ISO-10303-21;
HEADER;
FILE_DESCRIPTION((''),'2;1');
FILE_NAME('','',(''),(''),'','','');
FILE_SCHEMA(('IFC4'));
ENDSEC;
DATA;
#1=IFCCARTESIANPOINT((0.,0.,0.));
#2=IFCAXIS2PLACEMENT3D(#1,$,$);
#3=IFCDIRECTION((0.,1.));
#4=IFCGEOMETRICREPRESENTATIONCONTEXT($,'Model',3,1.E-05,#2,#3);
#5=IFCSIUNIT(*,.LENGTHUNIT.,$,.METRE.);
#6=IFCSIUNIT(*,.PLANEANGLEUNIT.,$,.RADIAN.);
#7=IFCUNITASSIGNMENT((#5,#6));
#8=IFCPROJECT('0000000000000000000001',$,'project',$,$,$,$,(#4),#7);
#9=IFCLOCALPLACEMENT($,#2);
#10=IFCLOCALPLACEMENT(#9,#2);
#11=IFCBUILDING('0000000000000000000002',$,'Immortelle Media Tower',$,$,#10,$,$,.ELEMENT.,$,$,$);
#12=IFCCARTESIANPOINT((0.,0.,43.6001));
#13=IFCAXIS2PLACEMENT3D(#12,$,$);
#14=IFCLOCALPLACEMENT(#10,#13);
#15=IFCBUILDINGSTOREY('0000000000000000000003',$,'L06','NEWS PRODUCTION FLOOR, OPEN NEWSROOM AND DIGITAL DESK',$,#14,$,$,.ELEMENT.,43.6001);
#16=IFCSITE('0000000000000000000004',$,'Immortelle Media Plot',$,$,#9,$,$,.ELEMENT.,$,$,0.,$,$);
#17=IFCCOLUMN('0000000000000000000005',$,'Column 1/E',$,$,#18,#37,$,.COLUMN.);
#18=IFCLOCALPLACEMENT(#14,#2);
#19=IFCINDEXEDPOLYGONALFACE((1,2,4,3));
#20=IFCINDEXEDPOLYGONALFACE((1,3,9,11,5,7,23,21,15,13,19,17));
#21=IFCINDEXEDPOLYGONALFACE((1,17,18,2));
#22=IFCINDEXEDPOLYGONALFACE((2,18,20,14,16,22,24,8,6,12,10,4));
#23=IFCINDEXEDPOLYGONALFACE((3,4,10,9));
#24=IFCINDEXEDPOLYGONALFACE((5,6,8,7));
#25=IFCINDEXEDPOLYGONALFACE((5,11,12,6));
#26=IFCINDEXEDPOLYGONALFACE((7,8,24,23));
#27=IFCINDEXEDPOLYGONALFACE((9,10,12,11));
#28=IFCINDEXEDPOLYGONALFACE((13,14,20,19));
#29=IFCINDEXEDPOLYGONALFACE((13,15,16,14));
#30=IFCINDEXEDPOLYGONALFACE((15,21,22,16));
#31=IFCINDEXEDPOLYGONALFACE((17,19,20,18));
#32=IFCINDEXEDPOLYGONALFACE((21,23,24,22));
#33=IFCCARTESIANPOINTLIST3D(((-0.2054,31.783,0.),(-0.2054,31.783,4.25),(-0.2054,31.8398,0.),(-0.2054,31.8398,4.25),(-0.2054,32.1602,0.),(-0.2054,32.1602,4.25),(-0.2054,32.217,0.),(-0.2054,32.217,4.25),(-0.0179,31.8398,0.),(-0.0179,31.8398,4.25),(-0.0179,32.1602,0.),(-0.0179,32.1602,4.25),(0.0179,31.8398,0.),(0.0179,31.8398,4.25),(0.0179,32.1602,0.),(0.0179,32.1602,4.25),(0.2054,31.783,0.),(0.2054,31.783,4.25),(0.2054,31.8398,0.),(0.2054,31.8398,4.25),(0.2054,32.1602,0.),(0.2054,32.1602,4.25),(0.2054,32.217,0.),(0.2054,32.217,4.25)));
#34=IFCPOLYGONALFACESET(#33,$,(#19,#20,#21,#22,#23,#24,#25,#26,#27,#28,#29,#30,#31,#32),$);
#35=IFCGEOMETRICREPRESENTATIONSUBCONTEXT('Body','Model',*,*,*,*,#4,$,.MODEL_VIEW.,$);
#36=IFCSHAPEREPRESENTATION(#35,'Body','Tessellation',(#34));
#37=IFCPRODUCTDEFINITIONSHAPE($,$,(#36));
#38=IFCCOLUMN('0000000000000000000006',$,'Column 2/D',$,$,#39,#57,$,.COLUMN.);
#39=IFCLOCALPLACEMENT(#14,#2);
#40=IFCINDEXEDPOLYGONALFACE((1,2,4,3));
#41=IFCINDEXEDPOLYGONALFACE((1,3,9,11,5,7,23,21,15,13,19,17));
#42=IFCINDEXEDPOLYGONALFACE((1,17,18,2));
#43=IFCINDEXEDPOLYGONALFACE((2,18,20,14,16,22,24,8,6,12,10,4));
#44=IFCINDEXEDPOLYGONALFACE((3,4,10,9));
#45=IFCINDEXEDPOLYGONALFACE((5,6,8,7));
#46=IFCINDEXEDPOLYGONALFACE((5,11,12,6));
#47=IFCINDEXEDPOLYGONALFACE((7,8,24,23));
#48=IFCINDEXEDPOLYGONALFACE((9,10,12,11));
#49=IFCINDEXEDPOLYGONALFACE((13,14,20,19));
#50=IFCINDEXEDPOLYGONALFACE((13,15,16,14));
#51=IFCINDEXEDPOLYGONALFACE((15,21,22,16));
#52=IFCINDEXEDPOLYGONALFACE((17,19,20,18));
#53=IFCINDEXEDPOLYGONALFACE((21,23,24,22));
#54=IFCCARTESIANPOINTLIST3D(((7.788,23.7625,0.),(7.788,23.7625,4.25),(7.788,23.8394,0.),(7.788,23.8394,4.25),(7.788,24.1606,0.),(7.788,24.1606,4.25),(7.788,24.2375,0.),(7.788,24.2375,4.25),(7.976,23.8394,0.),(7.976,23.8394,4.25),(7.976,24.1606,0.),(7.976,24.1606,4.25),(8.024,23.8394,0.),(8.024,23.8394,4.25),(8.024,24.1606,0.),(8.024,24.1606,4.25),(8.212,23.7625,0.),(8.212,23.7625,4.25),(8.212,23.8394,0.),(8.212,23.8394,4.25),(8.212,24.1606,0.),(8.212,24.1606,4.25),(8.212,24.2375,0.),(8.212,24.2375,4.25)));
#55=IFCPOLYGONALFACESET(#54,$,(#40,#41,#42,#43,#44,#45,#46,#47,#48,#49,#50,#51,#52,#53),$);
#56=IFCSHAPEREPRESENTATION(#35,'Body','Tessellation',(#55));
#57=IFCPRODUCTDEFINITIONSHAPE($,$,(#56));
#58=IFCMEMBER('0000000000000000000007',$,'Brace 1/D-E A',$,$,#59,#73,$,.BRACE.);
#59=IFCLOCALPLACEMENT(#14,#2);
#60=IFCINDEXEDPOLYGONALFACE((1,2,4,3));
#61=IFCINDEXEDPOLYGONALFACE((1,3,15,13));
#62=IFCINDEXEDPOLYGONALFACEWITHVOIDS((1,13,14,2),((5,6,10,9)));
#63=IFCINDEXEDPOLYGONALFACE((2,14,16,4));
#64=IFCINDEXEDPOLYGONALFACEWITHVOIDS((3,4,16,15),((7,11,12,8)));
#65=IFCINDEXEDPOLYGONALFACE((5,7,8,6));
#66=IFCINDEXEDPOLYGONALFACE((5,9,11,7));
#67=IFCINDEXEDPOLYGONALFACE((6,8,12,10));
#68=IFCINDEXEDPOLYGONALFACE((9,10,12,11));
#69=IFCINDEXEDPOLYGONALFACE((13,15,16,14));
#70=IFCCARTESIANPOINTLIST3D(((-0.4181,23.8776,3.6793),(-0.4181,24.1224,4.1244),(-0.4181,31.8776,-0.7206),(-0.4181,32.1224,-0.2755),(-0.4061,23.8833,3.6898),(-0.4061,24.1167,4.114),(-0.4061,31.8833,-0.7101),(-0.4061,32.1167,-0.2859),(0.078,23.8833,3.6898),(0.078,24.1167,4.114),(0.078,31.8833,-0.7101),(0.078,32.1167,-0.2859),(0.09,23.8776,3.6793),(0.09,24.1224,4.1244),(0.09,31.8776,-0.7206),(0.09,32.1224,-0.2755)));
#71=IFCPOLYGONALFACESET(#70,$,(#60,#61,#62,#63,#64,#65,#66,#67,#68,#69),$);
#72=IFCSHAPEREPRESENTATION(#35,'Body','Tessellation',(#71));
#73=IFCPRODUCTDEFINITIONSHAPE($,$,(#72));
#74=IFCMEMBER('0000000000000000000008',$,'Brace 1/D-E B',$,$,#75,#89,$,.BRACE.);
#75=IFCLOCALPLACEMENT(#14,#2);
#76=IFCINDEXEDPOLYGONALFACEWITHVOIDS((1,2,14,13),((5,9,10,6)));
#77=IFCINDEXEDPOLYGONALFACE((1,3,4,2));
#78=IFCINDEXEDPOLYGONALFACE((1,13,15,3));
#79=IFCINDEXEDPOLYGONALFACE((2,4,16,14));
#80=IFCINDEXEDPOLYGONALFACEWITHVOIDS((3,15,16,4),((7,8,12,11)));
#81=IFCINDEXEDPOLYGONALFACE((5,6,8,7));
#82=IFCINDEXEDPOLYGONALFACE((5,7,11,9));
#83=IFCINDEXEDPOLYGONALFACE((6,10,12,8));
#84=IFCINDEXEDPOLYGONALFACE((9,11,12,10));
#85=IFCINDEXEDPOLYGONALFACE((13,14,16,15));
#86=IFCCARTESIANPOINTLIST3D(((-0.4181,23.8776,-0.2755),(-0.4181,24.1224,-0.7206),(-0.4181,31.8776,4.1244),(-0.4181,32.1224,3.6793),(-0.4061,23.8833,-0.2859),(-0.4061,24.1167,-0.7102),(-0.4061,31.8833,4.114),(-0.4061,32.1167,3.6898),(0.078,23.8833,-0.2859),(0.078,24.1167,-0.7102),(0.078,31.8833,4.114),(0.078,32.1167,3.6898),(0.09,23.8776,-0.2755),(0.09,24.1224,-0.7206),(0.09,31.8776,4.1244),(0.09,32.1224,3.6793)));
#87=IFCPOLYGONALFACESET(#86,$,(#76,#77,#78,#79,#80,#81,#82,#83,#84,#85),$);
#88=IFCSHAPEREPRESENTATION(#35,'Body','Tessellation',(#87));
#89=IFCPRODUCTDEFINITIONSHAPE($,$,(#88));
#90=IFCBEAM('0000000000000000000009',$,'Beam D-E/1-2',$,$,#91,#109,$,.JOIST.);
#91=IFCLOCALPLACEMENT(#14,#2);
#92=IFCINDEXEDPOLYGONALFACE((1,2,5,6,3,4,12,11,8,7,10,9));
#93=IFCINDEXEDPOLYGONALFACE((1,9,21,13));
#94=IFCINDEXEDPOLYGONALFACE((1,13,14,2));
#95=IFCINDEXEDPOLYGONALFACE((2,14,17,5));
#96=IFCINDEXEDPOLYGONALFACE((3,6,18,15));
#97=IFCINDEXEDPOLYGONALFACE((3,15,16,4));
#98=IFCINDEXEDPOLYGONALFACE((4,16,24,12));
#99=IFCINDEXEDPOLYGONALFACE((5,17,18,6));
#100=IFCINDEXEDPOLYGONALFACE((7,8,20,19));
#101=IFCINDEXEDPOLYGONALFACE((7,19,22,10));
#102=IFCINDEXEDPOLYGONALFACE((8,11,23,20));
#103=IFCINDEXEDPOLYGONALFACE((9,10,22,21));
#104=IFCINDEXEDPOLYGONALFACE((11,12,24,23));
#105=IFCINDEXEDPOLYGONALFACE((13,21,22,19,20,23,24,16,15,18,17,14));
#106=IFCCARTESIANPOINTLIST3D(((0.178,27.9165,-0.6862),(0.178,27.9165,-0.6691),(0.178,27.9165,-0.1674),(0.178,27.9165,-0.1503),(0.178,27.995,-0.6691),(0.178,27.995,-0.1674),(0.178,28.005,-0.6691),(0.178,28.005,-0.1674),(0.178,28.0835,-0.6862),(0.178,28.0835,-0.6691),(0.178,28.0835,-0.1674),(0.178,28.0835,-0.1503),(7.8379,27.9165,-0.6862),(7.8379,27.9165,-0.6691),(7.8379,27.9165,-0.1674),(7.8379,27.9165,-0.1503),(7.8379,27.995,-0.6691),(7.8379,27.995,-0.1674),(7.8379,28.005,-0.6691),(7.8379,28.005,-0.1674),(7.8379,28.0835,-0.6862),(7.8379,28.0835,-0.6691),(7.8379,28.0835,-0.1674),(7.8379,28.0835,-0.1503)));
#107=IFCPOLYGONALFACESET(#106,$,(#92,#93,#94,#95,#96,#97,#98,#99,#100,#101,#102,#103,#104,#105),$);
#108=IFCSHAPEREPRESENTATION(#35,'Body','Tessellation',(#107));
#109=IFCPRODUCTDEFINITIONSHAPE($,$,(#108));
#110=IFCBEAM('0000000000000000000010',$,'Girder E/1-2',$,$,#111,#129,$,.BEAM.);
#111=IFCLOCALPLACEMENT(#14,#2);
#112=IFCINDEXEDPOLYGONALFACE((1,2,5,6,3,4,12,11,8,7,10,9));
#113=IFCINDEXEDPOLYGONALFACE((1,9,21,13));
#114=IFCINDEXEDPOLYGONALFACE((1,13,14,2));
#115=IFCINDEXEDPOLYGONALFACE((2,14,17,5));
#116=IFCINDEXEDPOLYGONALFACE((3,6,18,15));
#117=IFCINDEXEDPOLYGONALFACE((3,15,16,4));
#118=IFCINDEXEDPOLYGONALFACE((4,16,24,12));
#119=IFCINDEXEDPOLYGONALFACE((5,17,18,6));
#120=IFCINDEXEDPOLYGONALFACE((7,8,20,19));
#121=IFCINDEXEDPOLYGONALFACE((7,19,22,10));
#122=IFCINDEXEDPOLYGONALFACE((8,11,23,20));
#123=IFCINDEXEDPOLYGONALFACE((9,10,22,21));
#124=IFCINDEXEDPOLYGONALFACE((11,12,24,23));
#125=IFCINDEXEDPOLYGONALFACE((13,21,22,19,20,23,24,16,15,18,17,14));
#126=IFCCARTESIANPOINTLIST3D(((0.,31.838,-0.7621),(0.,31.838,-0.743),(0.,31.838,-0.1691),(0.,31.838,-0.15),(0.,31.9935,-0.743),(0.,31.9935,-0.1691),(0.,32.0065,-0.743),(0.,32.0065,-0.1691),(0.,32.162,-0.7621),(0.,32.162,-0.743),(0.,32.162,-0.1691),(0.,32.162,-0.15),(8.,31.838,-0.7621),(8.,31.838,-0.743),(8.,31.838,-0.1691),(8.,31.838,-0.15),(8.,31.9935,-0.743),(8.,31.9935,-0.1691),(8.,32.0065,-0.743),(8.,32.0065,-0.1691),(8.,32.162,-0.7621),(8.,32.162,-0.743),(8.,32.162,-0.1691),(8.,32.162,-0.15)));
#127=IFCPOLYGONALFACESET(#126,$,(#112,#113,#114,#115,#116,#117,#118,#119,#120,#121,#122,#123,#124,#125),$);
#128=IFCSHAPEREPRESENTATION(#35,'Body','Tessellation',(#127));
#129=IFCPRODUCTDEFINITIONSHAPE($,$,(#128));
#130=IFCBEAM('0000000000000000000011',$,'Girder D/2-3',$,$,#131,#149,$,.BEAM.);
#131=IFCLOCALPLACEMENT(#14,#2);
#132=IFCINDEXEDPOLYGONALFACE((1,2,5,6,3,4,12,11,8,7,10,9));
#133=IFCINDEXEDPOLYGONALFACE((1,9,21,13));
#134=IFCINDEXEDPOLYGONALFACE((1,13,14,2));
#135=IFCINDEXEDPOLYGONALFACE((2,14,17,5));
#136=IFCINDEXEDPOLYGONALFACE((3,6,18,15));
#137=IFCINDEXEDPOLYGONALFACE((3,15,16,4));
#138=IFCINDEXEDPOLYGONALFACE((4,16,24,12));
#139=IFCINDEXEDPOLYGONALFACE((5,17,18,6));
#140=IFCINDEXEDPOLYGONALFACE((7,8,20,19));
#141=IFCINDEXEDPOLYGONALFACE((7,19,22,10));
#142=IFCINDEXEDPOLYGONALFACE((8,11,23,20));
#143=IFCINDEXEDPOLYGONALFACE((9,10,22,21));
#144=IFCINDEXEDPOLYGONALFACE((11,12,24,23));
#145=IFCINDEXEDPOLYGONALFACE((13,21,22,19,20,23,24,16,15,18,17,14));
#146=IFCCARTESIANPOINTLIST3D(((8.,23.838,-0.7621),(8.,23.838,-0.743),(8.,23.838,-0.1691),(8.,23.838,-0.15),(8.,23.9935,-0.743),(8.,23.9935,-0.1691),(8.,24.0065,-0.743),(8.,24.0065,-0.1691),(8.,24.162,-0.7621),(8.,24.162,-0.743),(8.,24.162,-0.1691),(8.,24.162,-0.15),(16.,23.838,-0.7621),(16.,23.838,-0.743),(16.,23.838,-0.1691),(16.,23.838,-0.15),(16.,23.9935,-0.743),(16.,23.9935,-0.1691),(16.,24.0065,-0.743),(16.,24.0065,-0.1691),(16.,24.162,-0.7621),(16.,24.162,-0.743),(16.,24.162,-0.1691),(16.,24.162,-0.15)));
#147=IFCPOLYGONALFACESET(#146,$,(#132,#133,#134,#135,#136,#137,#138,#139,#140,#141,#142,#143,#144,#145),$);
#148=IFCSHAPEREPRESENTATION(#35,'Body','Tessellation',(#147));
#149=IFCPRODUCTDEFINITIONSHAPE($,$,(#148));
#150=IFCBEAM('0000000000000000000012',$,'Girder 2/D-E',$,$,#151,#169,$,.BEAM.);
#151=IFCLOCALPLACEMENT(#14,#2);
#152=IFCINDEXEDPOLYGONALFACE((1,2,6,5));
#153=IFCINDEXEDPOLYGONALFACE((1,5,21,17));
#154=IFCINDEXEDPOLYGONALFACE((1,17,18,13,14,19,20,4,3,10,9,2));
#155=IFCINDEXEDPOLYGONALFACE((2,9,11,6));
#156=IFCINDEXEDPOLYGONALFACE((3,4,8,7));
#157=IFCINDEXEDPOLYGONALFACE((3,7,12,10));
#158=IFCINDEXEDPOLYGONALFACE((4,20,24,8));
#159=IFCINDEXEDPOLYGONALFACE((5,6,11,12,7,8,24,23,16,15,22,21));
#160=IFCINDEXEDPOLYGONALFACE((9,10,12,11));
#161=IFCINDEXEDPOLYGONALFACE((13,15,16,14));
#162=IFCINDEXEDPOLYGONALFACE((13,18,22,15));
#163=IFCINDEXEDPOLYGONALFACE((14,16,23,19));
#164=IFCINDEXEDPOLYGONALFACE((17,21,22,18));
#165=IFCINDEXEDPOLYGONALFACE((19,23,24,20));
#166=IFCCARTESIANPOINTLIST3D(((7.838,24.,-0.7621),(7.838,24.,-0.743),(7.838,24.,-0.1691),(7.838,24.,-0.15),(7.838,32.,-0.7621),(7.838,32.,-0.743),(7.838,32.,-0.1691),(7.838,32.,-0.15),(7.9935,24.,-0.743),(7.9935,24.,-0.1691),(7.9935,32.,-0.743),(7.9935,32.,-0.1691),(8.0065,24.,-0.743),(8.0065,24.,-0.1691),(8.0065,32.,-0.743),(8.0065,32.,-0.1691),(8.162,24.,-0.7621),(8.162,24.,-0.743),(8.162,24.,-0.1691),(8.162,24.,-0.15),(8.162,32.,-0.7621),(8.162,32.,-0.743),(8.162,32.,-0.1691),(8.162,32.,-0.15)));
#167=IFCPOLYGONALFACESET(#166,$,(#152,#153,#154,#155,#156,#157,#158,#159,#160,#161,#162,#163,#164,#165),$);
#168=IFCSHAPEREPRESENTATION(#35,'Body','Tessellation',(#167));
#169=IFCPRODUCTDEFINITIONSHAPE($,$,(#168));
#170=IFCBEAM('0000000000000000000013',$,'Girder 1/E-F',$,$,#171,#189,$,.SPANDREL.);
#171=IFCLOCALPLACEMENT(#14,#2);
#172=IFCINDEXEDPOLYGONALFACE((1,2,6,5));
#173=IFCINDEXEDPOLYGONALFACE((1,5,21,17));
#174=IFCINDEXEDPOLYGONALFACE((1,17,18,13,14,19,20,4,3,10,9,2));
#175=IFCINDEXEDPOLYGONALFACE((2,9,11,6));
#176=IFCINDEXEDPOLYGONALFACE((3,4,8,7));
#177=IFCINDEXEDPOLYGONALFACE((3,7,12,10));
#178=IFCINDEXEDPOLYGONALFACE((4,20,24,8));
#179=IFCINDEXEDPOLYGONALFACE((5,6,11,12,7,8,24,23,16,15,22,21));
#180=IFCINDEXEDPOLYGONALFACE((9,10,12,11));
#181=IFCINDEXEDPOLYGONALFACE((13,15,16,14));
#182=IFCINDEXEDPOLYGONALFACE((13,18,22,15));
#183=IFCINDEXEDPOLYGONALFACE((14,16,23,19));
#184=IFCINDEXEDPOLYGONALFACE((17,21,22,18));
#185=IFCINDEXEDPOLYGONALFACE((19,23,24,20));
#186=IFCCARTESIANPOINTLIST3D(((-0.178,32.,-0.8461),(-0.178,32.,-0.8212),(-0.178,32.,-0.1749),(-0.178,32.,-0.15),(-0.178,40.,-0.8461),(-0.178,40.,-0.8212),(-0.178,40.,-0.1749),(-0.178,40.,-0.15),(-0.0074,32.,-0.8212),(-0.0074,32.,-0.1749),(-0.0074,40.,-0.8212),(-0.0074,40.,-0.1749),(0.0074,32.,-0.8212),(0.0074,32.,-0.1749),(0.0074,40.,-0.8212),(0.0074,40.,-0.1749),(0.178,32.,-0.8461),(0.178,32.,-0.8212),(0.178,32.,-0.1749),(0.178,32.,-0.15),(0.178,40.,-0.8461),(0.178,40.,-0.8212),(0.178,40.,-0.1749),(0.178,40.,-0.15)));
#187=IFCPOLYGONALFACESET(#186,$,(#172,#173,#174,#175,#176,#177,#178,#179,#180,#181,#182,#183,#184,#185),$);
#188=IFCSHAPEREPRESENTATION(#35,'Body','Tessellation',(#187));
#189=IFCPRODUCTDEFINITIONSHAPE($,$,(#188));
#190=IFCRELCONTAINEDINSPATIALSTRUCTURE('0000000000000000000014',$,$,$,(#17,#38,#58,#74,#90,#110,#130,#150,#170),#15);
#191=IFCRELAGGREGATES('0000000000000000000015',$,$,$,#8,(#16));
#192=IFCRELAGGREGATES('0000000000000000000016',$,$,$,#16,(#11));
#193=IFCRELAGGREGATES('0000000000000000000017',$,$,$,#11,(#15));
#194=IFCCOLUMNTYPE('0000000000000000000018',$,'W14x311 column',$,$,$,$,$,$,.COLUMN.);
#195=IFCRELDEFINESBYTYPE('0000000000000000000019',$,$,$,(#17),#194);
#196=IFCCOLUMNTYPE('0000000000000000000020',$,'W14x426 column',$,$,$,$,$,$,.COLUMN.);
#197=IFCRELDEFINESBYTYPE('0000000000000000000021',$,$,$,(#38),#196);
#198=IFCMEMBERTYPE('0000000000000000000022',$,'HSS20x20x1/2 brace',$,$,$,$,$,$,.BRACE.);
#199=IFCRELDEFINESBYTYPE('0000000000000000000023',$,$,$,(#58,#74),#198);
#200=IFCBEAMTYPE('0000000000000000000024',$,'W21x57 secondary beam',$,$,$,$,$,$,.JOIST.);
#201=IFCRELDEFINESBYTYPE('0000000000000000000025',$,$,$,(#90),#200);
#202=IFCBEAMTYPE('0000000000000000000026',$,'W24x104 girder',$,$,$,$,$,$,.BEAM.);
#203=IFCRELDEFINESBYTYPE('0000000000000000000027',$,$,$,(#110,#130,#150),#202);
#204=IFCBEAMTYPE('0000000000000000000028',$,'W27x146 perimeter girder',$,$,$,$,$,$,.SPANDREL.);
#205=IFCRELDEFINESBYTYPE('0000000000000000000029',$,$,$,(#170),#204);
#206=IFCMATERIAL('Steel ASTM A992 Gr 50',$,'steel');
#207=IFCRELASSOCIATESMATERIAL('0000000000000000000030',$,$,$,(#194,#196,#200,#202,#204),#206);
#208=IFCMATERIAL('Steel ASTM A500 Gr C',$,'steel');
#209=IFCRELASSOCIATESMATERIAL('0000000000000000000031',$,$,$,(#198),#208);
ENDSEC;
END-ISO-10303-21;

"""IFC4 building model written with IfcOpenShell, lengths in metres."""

from ifc_helpers import new_model, si_unit, direction, frame, origin, origin_2d, place, context, subcontext, project, spatial, hollow_rectangle, i_section, extrude, material, material_profile, profile_set, type_object, element, save


model = new_model("IFC4")

# Units and contexts
model_context = context("Model", 3, precision=1e-05, world=origin(), true_north=direction((0.0, 1.0)))
body_context = subcontext(model_context, "Body", "Model", "MODEL_VIEW")
ifc_project = project(units=[si_unit("LENGTHUNIT", "METRE"), si_unit("PLANEANGLEUNIT", "RADIAN")], contexts=[model_context])

# Site, building, storey
site_placement = place(None, origin())
site = spatial("IfcSite", under=ifc_project, at=site_placement, Name="Immortelle Media Plot", CompositionType="ELEMENT", RefElevation=0.0)
building_placement = place(site_placement, origin())
building = spatial("IfcBuilding", under=site, at=building_placement, Name="Immortelle Media Tower", CompositionType="ELEMENT")
storey_placement = place(building_placement, frame((0.0, 0.0, 43.6001)))
storey = spatial("IfcBuildingStorey", under=building, at=storey_placement, Name="L06", Description="NEWS PRODUCTION FLOOR, OPEN NEWSROOM AND DIGITAL DESK", CompositionType="ELEMENT", Elevation=43.6001)

# Columns
ifc_material_1 = material(Name="Steel ASTM A992 Gr 50", Category="steel")
ifc_material_profile_1 = material_profile(ifc_material_1, i_section(OverallWidth=0.4109, OverallDepth=0.4341, WebThickness=0.0359, FlangeThickness=0.0569, at=origin_2d()), Name="W14x311")
ifc_profile_set_1 = profile_set([ifc_material_profile_1], Name="Steel ASTM A992 Gr 50")
column_type_1 = type_object("IfcColumnType", Name="W14x311 column", PredefinedType="COLUMN", material=ifc_profile_set_1)
column_1_placement = place(storey_placement, frame((0.0, 32.0, 0.0), z_axis=(0.0, 0.0, 1.0), x_axis=(1.0, 0.0, 0.0)))
element("IfcColumn", 1, at=column_1_placement, inside=storey, type_object=column_type_1, Name="Column 1/E", PredefinedType="COLUMN", context=body_context, shape_type="SweptSolid", body=[
    extrude(i_section(OverallWidth=0.4109, OverallDepth=0.4341, WebThickness=0.0359, FlangeThickness=0.0569, at=origin_2d()), origin(), (0.0, 0.0, 1.0), 4.25),
])
ifc_material_profile_2 = material_profile(ifc_material_1, i_section(OverallWidth=0.4241, OverallDepth=0.4751, WebThickness=0.0481, FlangeThickness=0.0769, at=origin_2d()), Name="W14x426")
ifc_profile_set_2 = profile_set([ifc_material_profile_2], Name="Steel ASTM A992 Gr 50")
column_type_2 = type_object("IfcColumnType", Name="W14x426 column", PredefinedType="COLUMN", material=ifc_profile_set_2)
column_2_placement = place(storey_placement, frame((8.0, 24.0, 0.0), z_axis=(0.0, 0.0, 1.0), x_axis=(1.0, 0.0, 0.0)))
element("IfcColumn", 2, at=column_2_placement, inside=storey, type_object=column_type_2, Name="Column 2/D", PredefinedType="COLUMN", context=body_context, shape_type="SweptSolid", body=[
    extrude(i_section(OverallWidth=0.4241, OverallDepth=0.4751, WebThickness=0.0481, FlangeThickness=0.0769, at=origin_2d()), origin(), (0.0, 0.0, 1.0), 4.25),
])

# Members
ifc_material_2 = material(Name="Steel ASTM A500 Gr C", Category="steel")
ifc_material_profile_3 = material_profile(ifc_material_2, hollow_rectangle(XDim=0.5081, YDim=0.5081, WallThickness=0.012, at=origin_2d()), Name="HSS20x20x1/2 brace")
ifc_profile_set_3 = profile_set([ifc_material_profile_3], Name="Steel ASTM A500 Gr C")
member_type = type_object("IfcMemberType", Name="HSS20x20x1/2 brace", PredefinedType="BRACE", material=ifc_profile_set_3)
for number, where, z_axis, x_axis, name in (
    (3, (-0.1641, 32.0, -0.498), (0.0, -0.87622, 0.481911), (1.0, 0.0, 0.0), "Brace 1/D-E A"),
    (4, (-0.1641, 32.0, 3.9019), (0.0, -0.87622, -0.481911), (1.0, 0.0, 0.0), "Brace 1/D-E B"),
):
    element("IfcMember", number, at=place(storey_placement, frame(where, z_axis=z_axis, x_axis=x_axis)), inside=storey, type_object=member_type, Name=name, PredefinedType="BRACE", context=body_context, shape_type="SweptSolid", body=[
        extrude(hollow_rectangle(XDim=0.5081, YDim=0.5081, WallThickness=0.012, at=origin_2d()), origin(), (0.0, 0.0, 1.0), 9.1301),
    ])

# Beams
ifc_material_profile_4 = material_profile(ifc_material_1, i_section(OverallWidth=0.167, OverallDepth=0.5359, WebThickness=0.01, FlangeThickness=0.0171, at=origin_2d()), Name="W21x57")
ifc_profile_set_4 = profile_set([ifc_material_profile_4], Name="Steel ASTM A992 Gr 50")
beam_type_1 = type_object("IfcBeamType", Name="W21x57 secondary beam", PredefinedType="JOIST", material=ifc_profile_set_4)
beam_1_placement = place(storey_placement, frame((0.178, 28.0, -0.4182), z_axis=(1.0, 0.0, 0.0), x_axis=(0.0, 1.0, 0.0)))
element("IfcBeam", 5, at=beam_1_placement, inside=storey, type_object=beam_type_1, Name="Beam D-E/1-2", PredefinedType="JOIST", context=body_context, shape_type="SweptSolid", body=[
    extrude(i_section(OverallWidth=0.167, OverallDepth=0.5359, WebThickness=0.01, FlangeThickness=0.0171, at=origin_2d()), origin(), (0.0, 0.0, 1.0), 7.6599),
])
ifc_material_profile_5 = material_profile(ifc_material_1, i_section(OverallWidth=0.324, OverallDepth=0.6121, WebThickness=0.0129, FlangeThickness=0.019, at=origin_2d()), Name="W24x104")
ifc_profile_set_5 = profile_set([ifc_material_profile_5], Name="Steel ASTM A992 Gr 50")
beam_type_2 = type_object("IfcBeamType", Name="W24x104 girder", PredefinedType="BEAM", material=ifc_profile_set_5)
for number, where, z_axis, x_axis, name in (
    (6, (0.0, 32.0, -0.4561), (1.0, 0.0, 0.0), (0.0, 1.0, 0.0), "Girder E/1-2"),
    (7, (8.0, 24.0, -0.4561), (1.0, 0.0, 0.0), (0.0, 1.0, 0.0), "Girder D/2-3"),
    (8, (8.0, 24.0, -0.4561), (0.0, 1.0, 0.0), (-1.0, 0.0, 0.0), "Girder 2/D-E"),
):
    element("IfcBeam", number, at=place(storey_placement, frame(where, z_axis=z_axis, x_axis=x_axis)), inside=storey, type_object=beam_type_2, Name=name, PredefinedType="BEAM", context=body_context, shape_type="SweptSolid", body=[
        extrude(i_section(OverallWidth=0.324, OverallDepth=0.6121, WebThickness=0.0129, FlangeThickness=0.019, at=origin_2d()), origin(), (0.0, 0.0, 1.0), 8.0),
    ])
ifc_material_profile_6 = material_profile(ifc_material_1, i_section(OverallWidth=0.356, OverallDepth=0.696, WebThickness=0.0149, FlangeThickness=0.0249, at=origin_2d()), Name="W27x146")
ifc_profile_set_6 = profile_set([ifc_material_profile_6], Name="Steel ASTM A992 Gr 50")
beam_type_3 = type_object("IfcBeamType", Name="W27x146 perimeter girder", PredefinedType="SPANDREL", material=ifc_profile_set_6)
beam_2_placement = place(storey_placement, frame((0.0, 32.0, -0.498), z_axis=(0.0, 1.0, 0.0), x_axis=(-1.0, 0.0, 0.0)))
element("IfcBeam", 9, at=beam_2_placement, inside=storey, type_object=beam_type_3, Name="Girder 1/E-F", PredefinedType="SPANDREL", context=body_context, shape_type="SweptSolid", body=[
    extrude(i_section(OverallWidth=0.356, OverallDepth=0.696, WebThickness=0.0149, FlangeThickness=0.0249, at=origin_2d()), origin(), (0.0, 0.0, 1.0), 8.0),
])

save(model, "model.ifc")
